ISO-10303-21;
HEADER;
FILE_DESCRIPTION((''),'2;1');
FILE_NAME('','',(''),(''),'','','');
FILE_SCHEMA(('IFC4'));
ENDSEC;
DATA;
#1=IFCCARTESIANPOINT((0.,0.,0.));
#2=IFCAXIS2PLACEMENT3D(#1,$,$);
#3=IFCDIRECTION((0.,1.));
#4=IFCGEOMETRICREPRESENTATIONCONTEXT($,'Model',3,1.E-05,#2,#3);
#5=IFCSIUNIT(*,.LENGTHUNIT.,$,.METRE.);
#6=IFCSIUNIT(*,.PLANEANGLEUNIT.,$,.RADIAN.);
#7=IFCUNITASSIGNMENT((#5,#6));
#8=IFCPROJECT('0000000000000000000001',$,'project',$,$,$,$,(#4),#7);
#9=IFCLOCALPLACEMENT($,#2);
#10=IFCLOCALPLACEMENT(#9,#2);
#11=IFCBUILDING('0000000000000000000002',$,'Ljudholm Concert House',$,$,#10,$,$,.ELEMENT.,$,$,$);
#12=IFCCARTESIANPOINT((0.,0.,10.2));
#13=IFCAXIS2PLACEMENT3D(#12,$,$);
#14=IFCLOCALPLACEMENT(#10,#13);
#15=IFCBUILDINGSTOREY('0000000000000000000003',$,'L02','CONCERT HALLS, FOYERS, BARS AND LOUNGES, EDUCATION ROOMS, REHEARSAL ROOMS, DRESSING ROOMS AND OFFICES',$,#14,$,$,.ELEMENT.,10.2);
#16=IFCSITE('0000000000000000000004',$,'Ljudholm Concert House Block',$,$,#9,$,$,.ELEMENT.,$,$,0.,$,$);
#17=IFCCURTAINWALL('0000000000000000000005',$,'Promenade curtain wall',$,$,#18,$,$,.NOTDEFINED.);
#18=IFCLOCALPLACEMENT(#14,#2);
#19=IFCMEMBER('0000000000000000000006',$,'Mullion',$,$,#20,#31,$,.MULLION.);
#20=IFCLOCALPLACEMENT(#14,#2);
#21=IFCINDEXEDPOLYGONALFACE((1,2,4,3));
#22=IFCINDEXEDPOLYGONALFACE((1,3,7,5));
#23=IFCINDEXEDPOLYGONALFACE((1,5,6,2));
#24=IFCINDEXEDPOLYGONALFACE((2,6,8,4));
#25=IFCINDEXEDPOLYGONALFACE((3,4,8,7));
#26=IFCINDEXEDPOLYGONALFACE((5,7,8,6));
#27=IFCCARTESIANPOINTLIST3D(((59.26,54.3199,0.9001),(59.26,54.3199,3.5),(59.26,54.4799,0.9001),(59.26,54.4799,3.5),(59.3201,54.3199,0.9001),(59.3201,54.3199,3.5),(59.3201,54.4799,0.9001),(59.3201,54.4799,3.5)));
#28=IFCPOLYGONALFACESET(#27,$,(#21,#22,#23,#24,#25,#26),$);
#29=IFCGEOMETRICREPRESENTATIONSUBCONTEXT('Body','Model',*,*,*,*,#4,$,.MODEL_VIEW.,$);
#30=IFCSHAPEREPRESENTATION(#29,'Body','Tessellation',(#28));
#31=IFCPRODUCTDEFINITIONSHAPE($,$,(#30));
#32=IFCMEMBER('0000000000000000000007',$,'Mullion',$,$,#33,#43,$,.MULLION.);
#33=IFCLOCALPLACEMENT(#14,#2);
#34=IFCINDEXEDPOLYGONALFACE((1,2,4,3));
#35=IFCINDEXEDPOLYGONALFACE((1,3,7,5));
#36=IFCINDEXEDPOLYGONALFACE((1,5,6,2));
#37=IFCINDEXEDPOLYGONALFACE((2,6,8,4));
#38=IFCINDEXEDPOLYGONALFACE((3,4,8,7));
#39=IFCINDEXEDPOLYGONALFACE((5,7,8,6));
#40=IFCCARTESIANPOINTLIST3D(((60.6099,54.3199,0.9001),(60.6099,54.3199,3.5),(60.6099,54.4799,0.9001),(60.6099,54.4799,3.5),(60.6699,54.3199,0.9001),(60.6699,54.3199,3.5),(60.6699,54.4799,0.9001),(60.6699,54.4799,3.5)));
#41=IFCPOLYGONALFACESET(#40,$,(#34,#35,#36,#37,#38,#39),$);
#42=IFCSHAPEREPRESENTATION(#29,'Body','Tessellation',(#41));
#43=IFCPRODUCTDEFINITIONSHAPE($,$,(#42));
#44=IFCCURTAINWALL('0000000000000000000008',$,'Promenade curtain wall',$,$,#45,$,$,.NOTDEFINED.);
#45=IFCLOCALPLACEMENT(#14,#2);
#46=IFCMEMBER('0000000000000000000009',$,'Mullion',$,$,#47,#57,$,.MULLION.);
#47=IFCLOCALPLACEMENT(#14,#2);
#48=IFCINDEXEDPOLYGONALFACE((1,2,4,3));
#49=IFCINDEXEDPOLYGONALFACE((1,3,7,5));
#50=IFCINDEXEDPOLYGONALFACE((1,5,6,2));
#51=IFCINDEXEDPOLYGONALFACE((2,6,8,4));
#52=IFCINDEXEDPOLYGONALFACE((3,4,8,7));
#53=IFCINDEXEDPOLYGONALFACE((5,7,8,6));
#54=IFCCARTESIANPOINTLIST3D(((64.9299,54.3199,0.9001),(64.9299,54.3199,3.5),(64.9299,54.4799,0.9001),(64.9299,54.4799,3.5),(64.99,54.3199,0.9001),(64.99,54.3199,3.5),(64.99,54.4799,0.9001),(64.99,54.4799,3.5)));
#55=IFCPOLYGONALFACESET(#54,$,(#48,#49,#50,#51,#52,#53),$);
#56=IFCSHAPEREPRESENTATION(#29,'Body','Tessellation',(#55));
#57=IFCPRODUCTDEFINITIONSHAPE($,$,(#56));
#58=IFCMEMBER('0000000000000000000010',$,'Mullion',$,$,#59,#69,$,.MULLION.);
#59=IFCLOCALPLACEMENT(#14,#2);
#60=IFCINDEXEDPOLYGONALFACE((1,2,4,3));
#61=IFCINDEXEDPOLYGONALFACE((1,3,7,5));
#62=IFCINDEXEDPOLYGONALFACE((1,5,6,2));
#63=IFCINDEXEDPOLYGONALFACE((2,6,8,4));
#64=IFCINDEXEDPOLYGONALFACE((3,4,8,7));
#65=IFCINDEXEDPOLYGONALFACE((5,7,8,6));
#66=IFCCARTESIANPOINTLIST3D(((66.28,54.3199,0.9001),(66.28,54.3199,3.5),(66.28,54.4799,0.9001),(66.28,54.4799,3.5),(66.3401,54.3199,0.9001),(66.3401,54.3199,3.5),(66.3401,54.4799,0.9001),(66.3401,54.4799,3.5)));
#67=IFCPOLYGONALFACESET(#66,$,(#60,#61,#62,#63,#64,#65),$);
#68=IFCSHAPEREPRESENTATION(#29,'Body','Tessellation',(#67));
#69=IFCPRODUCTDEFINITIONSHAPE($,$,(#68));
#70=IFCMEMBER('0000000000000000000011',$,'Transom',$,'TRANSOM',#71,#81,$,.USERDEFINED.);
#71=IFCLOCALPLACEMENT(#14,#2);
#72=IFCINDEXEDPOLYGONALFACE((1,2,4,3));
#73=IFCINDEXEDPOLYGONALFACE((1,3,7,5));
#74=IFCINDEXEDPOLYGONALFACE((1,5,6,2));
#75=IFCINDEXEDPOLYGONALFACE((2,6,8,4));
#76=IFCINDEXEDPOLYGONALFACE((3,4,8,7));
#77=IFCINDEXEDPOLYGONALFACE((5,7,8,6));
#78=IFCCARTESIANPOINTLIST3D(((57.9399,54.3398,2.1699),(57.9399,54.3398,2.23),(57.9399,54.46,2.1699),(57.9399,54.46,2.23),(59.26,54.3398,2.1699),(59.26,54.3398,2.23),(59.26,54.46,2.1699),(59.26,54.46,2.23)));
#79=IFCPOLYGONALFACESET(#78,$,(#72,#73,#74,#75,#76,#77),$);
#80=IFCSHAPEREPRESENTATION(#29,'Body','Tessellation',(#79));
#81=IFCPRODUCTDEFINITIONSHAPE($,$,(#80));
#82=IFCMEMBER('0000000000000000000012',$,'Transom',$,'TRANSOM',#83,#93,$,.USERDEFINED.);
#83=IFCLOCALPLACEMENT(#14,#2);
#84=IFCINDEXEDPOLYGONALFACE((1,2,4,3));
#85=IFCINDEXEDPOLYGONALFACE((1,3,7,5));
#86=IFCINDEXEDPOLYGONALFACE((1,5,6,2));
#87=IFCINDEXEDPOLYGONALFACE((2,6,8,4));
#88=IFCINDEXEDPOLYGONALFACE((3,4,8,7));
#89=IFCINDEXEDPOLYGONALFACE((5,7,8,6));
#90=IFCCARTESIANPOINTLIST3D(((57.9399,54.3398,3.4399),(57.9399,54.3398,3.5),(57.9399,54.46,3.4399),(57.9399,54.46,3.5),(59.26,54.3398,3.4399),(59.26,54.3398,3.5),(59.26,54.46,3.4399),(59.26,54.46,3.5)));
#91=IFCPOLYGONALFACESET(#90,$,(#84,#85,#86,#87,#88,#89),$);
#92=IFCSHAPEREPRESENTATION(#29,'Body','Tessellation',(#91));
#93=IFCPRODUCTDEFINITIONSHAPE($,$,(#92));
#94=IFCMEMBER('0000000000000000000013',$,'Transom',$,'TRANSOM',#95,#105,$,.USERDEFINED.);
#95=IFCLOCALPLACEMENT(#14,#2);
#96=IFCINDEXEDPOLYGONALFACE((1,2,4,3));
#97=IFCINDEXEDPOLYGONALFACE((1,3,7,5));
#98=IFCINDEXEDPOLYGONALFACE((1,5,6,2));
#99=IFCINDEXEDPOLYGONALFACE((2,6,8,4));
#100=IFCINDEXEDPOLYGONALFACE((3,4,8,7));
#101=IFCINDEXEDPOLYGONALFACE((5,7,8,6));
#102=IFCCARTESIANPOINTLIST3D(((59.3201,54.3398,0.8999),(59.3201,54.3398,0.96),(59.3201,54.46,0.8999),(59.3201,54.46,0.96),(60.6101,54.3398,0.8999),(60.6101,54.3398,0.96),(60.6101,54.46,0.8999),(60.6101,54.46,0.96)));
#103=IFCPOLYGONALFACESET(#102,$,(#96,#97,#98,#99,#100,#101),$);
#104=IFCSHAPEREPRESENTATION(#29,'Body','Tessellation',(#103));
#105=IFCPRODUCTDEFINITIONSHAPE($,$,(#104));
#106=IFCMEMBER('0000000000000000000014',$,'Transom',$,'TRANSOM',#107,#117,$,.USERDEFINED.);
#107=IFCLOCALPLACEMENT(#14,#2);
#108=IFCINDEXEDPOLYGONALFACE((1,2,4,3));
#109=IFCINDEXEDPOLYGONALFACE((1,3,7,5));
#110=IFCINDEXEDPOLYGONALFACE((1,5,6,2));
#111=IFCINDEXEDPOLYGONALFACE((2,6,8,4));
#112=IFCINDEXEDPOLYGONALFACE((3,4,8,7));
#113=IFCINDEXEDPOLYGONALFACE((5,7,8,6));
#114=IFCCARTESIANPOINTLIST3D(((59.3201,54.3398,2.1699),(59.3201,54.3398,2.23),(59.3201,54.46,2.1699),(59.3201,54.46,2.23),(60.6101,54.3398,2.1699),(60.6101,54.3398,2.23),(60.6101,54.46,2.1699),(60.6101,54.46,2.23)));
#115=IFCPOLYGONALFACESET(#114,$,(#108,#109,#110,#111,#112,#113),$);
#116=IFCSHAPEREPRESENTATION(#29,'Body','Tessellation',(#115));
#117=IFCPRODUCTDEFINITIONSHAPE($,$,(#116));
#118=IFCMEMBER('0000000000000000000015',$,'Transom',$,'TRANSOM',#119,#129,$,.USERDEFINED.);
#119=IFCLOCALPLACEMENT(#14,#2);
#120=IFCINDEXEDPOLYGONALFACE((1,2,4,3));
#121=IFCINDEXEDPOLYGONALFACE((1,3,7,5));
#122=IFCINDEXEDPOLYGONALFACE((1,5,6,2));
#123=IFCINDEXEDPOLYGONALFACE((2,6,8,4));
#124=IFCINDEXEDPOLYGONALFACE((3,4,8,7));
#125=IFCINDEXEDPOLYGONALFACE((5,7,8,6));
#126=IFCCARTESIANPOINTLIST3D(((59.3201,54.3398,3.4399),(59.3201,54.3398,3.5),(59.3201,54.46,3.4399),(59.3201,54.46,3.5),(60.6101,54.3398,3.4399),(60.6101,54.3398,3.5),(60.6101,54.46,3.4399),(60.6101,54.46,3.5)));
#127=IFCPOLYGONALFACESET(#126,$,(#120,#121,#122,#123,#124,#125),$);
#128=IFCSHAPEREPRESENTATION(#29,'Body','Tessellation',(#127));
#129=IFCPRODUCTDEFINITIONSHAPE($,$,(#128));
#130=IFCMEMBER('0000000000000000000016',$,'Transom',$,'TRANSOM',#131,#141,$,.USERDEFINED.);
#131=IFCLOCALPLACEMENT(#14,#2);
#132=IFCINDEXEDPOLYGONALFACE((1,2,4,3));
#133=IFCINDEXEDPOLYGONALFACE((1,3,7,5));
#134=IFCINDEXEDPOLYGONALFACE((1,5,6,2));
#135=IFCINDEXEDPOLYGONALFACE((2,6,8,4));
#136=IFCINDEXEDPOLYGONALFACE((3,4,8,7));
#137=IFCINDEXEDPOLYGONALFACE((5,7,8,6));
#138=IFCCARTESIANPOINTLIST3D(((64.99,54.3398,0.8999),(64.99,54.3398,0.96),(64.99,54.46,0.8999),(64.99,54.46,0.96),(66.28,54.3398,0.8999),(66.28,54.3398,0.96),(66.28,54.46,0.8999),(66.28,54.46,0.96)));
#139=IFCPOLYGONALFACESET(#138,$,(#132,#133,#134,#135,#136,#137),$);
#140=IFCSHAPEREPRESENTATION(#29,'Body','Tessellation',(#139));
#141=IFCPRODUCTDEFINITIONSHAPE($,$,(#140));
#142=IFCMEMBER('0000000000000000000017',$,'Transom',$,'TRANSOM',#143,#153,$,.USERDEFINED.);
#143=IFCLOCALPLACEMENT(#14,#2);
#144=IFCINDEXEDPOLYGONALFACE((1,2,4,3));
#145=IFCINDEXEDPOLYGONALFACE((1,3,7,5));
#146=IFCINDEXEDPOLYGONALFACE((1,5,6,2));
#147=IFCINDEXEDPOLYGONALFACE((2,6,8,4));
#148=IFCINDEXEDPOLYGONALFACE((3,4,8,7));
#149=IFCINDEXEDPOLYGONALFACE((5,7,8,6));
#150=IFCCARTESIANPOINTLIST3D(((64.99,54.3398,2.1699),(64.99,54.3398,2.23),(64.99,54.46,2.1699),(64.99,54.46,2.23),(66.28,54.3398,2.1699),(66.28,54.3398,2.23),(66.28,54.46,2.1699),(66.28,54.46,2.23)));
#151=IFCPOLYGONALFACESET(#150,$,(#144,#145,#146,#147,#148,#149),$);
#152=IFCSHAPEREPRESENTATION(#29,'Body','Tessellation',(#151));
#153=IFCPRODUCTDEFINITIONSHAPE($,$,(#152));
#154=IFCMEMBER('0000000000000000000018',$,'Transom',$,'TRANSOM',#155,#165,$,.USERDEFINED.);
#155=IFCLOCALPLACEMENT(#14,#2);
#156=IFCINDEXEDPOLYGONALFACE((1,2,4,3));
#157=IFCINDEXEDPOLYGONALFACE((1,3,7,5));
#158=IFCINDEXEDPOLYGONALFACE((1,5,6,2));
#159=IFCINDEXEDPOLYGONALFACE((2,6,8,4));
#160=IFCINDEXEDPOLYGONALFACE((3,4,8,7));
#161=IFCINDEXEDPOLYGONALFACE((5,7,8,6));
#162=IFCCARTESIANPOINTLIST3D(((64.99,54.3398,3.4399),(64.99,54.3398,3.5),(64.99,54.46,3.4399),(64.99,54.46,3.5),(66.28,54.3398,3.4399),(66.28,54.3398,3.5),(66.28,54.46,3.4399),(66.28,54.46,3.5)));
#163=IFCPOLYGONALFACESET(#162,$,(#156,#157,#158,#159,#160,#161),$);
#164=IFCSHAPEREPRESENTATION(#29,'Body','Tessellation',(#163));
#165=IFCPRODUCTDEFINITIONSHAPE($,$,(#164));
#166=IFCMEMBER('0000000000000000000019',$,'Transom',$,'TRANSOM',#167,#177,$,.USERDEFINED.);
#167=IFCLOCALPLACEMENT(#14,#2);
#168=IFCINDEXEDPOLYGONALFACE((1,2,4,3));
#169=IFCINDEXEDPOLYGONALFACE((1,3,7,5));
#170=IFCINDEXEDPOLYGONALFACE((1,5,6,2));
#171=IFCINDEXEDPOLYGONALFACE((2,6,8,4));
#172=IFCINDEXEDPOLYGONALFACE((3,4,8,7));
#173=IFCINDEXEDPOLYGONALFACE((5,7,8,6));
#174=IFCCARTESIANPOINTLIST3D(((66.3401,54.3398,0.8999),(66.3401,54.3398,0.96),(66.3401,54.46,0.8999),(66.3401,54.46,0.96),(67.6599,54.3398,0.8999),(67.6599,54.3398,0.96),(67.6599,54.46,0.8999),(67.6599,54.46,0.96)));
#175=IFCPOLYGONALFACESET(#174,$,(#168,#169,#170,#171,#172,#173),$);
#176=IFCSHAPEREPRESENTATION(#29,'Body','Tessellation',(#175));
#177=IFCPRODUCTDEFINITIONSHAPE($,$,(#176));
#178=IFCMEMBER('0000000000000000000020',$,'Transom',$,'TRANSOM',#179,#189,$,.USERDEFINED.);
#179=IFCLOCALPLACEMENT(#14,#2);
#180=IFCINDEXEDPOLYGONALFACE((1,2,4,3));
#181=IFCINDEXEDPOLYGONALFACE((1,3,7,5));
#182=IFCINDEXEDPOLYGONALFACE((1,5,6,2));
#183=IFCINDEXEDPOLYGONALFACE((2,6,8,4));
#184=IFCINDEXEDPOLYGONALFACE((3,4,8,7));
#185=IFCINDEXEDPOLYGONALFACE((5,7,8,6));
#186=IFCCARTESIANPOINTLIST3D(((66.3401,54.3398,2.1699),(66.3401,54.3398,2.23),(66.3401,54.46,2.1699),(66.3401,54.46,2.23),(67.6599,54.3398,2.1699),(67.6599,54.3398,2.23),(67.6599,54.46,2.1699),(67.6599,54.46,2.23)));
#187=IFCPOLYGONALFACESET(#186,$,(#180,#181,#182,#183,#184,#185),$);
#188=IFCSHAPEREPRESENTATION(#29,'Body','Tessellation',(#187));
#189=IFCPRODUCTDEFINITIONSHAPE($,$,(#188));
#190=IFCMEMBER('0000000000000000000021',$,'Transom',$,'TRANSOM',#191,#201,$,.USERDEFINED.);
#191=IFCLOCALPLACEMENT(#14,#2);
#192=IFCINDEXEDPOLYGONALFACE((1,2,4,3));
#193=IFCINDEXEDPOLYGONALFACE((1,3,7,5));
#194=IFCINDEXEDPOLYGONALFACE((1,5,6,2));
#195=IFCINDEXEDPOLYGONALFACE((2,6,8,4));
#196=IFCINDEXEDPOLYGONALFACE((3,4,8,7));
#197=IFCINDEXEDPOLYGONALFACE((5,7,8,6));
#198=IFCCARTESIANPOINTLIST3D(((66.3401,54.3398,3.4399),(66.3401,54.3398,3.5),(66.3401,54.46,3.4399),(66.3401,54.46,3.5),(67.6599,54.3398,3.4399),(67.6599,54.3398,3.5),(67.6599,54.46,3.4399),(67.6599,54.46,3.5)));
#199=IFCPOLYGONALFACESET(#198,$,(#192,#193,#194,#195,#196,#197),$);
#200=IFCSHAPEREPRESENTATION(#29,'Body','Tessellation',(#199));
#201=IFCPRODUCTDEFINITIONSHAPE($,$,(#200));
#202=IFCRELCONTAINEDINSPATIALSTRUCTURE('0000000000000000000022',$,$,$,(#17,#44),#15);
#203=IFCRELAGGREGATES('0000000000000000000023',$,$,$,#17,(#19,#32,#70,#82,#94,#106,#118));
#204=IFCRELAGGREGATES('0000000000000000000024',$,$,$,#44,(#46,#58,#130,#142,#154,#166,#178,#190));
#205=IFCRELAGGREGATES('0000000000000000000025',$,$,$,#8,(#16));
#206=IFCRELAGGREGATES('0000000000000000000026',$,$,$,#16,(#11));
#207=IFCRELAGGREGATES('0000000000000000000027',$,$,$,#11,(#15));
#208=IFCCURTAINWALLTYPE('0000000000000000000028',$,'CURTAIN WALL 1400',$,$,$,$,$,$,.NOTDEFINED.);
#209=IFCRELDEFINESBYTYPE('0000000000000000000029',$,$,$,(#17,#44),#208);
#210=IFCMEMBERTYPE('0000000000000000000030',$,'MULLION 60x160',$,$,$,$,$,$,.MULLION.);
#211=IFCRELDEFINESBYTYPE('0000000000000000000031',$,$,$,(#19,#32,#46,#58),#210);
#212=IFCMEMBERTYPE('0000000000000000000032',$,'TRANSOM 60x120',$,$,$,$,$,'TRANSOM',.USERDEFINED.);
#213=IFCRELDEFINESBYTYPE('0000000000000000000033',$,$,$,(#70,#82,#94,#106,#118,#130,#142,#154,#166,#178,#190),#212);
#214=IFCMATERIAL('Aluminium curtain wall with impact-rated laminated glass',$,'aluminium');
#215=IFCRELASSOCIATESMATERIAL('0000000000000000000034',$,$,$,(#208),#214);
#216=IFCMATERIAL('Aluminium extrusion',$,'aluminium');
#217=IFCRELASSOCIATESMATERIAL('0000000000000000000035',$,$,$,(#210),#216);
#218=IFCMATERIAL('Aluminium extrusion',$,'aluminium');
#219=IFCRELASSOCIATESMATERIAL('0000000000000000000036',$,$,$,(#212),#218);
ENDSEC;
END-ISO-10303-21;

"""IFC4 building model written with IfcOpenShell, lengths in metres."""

from ifc_helpers import new_model, si_unit, direction, frame, origin, origin_2d, place, context, subcontext, project, spatial, rectangle, extrude, material, material_profile, profile_set, type_object, element, aggregate, save


model = new_model("IFC4")

# Units and contexts
model_context = context("Model", 3, precision=1e-05, world=origin(), true_north=direction((0.0, 1.0)))
body_context = subcontext(model_context, "Body", "Model", "MODEL_VIEW")
ifc_project = project(units=[si_unit("LENGTHUNIT", "METRE"), si_unit("PLANEANGLEUNIT", "RADIAN")], contexts=[model_context])

# Site, building, storey
site_placement = place(None, origin())
site = spatial("IfcSite", under=ifc_project, at=site_placement, Name="Ljudholm Concert House Block", CompositionType="ELEMENT", RefElevation=0.0)
building_placement = place(site_placement, origin())
building = spatial("IfcBuilding", under=site, at=building_placement, Name="Ljudholm Concert House", CompositionType="ELEMENT")
storey_placement = place(building_placement, frame((0.0, 0.0, 10.2)))
storey = spatial("IfcBuildingStorey", under=building, at=storey_placement, Name="L02", Description="CONCERT HALLS, FOYERS, BARS AND LOUNGES, EDUCATION ROOMS, REHEARSAL ROOMS, DRESSING ROOMS AND OFFICES", CompositionType="ELEMENT", Elevation=10.2)

# Curtain walls, members
ifc_material_1 = material(Name="Aluminium curtain wall with impact-rated laminated glass", Category="aluminium")
curtain_wall_type = type_object("IfcCurtainWallType", Name="CURTAIN WALL 1400", PredefinedType="NOTDEFINED", material=ifc_material_1)
curtain_wall_1_placement = place(storey_placement, origin())
curtain_wall_1 = element("IfcCurtainWall", 1, at=curtain_wall_1_placement, inside=storey, type_object=curtain_wall_type, Name="Promenade curtain wall", PredefinedType="NOTDEFINED")
ifc_material_2 = material(Name="Aluminium extrusion", Category="aluminium")
ifc_material_profile_1 = material_profile(ifc_material_2, rectangle(XDim=0.1599, YDim=0.0601, at=origin_2d()), Name="MULLION 60x160")
ifc_profile_set_1 = profile_set([ifc_material_profile_1], Name="Aluminium extrusion")
member_type_1 = type_object("IfcMemberType", Name="MULLION 60x160", PredefinedType="MULLION", material=ifc_profile_set_1)
member_1_placement = place(storey_placement, frame((59.29, 54.3999, 0.9001), z_axis=(0.0, 0.0, 1.0), x_axis=(0.0, 1.0, 0.0)))
member_1 = element("IfcMember", 2, at=member_1_placement, type_object=member_type_1, Name="Mullion", PredefinedType="MULLION", context=body_context, shape_type="SweptSolid", body=[
    extrude(rectangle(XDim=0.1599, YDim=0.0601, at=origin_2d()), origin(), (0.0, 0.0, 1.0), 2.5999),
])
member_2_placement = place(storey_placement, frame((60.6399, 54.3999, 0.9001), z_axis=(0.0, 0.0, 1.0), x_axis=(0.0, 1.0, 0.0)))
member_2 = element("IfcMember", 3, at=member_2_placement, type_object=member_type_1, Name="Mullion", PredefinedType="MULLION", context=body_context, shape_type="SweptSolid", body=[
    extrude(rectangle(XDim=0.1599, YDim=0.0601, at=origin_2d()), origin(), (0.0, 0.0, 1.0), 2.5999),
])
curtain_wall_2_placement = place(storey_placement, origin())
curtain_wall_2 = element("IfcCurtainWall", 4, at=curtain_wall_2_placement, inside=storey, type_object=curtain_wall_type, Name="Promenade curtain wall", PredefinedType="NOTDEFINED")
member_3_placement = place(storey_placement, frame((64.96, 54.3999, 0.9001), z_axis=(0.0, 0.0, 1.0), x_axis=(0.0, 1.0, 0.0)))
member_3 = element("IfcMember", 5, at=member_3_placement, type_object=member_type_1, Name="Mullion", PredefinedType="MULLION", context=body_context, shape_type="SweptSolid", body=[
    extrude(rectangle(XDim=0.1599, YDim=0.0601, at=origin_2d()), origin(), (0.0, 0.0, 1.0), 2.5999),
])
member_4_placement = place(storey_placement, frame((66.3101, 54.3999, 0.9001), z_axis=(0.0, 0.0, 1.0), x_axis=(0.0, 1.0, 0.0)))
member_4 = element("IfcMember", 6, at=member_4_placement, type_object=member_type_1, Name="Mullion", PredefinedType="MULLION", context=body_context, shape_type="SweptSolid", body=[
    extrude(rectangle(XDim=0.1599, YDim=0.0601, at=origin_2d()), origin(), (0.0, 0.0, 1.0), 2.5999),
])

# Members
ifc_material_3 = material(Name="Aluminium extrusion", Category="aluminium")
ifc_material_profile_2 = material_profile(ifc_material_3, rectangle(XDim=0.1201, YDim=0.0601, at=origin_2d()), Name="TRANSOM 60x120")
ifc_profile_set_2 = profile_set([ifc_material_profile_2], Name="Aluminium extrusion")
member_type_2 = type_object("IfcMemberType", Name="TRANSOM 60x120", ElementType="TRANSOM", PredefinedType="USERDEFINED", material=ifc_profile_set_2)
member_5_placement = place(storey_placement, frame((57.9399, 54.3999, 2.2), z_axis=(1.0, 0.0, 0.0), x_axis=(0.0, 1.0, 0.0)))
member_5 = element("IfcMember", 7, at=member_5_placement, type_object=member_type_2, Name="Transom", ObjectType="TRANSOM", PredefinedType="USERDEFINED", context=body_context, shape_type="SweptSolid", body=[
    extrude(rectangle(XDim=0.1201, YDim=0.0601, at=origin_2d()), origin(), (0.0, 0.0, 1.0), 1.3201),
])
member_6_placement = place(storey_placement, frame((57.9399, 54.3999, 3.47), z_axis=(1.0, 0.0, 0.0), x_axis=(0.0, 1.0, 0.0)))
member_6 = element("IfcMember", 8, at=member_6_placement, type_object=member_type_2, Name="Transom", ObjectType="TRANSOM", PredefinedType="USERDEFINED", context=body_context, shape_type="SweptSolid", body=[
    extrude(rectangle(XDim=0.1201, YDim=0.0601, at=origin_2d()), origin(), (0.0, 0.0, 1.0), 1.3201),
])
member_7_placement = place(storey_placement, frame((59.3201, 54.3999, 0.9299), z_axis=(1.0, 0.0, 0.0), x_axis=(0.0, 1.0, 0.0)))
member_7 = element("IfcMember", 9, at=member_7_placement, type_object=member_type_2, Name="Transom", ObjectType="TRANSOM", PredefinedType="USERDEFINED", context=body_context, shape_type="SweptSolid", body=[
    extrude(rectangle(XDim=0.1201, YDim=0.0601, at=origin_2d()), origin(), (0.0, 0.0, 1.0), 1.29),
])
member_8_placement = place(storey_placement, frame((59.3201, 54.3999, 2.2), z_axis=(1.0, 0.0, 0.0), x_axis=(0.0, 1.0, 0.0)))
member_8 = element("IfcMember", 10, at=member_8_placement, type_object=member_type_2, Name="Transom", ObjectType="TRANSOM", PredefinedType="USERDEFINED", context=body_context, shape_type="SweptSolid", body=[
    extrude(rectangle(XDim=0.1201, YDim=0.0601, at=origin_2d()), origin(), (0.0, 0.0, 1.0), 1.29),
])
member_9_placement = place(storey_placement, frame((59.3201, 54.3999, 3.47), z_axis=(1.0, 0.0, 0.0), x_axis=(0.0, 1.0, 0.0)))
member_9 = element("IfcMember", 11, at=member_9_placement, type_object=member_type_2, Name="Transom", ObjectType="TRANSOM", PredefinedType="USERDEFINED", context=body_context, shape_type="SweptSolid", body=[
    extrude(rectangle(XDim=0.1201, YDim=0.0601, at=origin_2d()), origin(), (0.0, 0.0, 1.0), 1.29),
])
member_10_placement = place(storey_placement, frame((64.99, 54.3999, 0.9299), z_axis=(1.0, 0.0, 0.0), x_axis=(0.0, 1.0, 0.0)))
member_10 = element("IfcMember", 12, at=member_10_placement, type_object=member_type_2, Name="Transom", ObjectType="TRANSOM", PredefinedType="USERDEFINED", context=body_context, shape_type="SweptSolid", body=[
    extrude(rectangle(XDim=0.1201, YDim=0.0601, at=origin_2d()), origin(), (0.0, 0.0, 1.0), 1.29),
])
member_11_placement = place(storey_placement, frame((64.99, 54.3999, 2.2), z_axis=(1.0, 0.0, 0.0), x_axis=(0.0, 1.0, 0.0)))
member_11 = element("IfcMember", 13, at=member_11_placement, type_object=member_type_2, Name="Transom", ObjectType="TRANSOM", PredefinedType="USERDEFINED", context=body_context, shape_type="SweptSolid", body=[
    extrude(rectangle(XDim=0.1201, YDim=0.0601, at=origin_2d()), origin(), (0.0, 0.0, 1.0), 1.29),
])
member_12_placement = place(storey_placement, frame((64.99, 54.3999, 3.47), z_axis=(1.0, 0.0, 0.0), x_axis=(0.0, 1.0, 0.0)))
member_12 = element("IfcMember", 14, at=member_12_placement, type_object=member_type_2, Name="Transom", ObjectType="TRANSOM", PredefinedType="USERDEFINED", context=body_context, shape_type="SweptSolid", body=[
    extrude(rectangle(XDim=0.1201, YDim=0.0601, at=origin_2d()), origin(), (0.0, 0.0, 1.0), 1.29),
])
member_13_placement = place(storey_placement, frame((66.3401, 54.3999, 0.9299), z_axis=(1.0, 0.0, 0.0), x_axis=(0.0, 1.0, 0.0)))
member_13 = element("IfcMember", 15, at=member_13_placement, type_object=member_type_2, Name="Transom", ObjectType="TRANSOM", PredefinedType="USERDEFINED", context=body_context, shape_type="SweptSolid", body=[
    extrude(rectangle(XDim=0.1201, YDim=0.0601, at=origin_2d()), origin(), (0.0, 0.0, 1.0), 1.3198),
])
member_14_placement = place(storey_placement, frame((66.3401, 54.3999, 2.2), z_axis=(1.0, 0.0, 0.0), x_axis=(0.0, 1.0, 0.0)))
member_14 = element("IfcMember", 16, at=member_14_placement, type_object=member_type_2, Name="Transom", ObjectType="TRANSOM", PredefinedType="USERDEFINED", context=body_context, shape_type="SweptSolid", body=[
    extrude(rectangle(XDim=0.1201, YDim=0.0601, at=origin_2d()), origin(), (0.0, 0.0, 1.0), 1.3198),
])
member_15_placement = place(storey_placement, frame((66.3401, 54.3999, 3.47), z_axis=(1.0, 0.0, 0.0), x_axis=(0.0, 1.0, 0.0)))
member_15 = element("IfcMember", 17, at=member_15_placement, type_object=member_type_2, Name="Transom", ObjectType="TRANSOM", PredefinedType="USERDEFINED", context=body_context, shape_type="SweptSolid", body=[
    extrude(rectangle(XDim=0.1201, YDim=0.0601, at=origin_2d()), origin(), (0.0, 0.0, 1.0), 1.3198),
])

aggregate(curtain_wall_1, [member_1, member_2, member_5, member_6, member_7, member_8, member_9])
aggregate(curtain_wall_2, [member_3, member_4, member_10, member_11, member_12, member_13, member_14, member_15])

save(model, "model.ifc")
